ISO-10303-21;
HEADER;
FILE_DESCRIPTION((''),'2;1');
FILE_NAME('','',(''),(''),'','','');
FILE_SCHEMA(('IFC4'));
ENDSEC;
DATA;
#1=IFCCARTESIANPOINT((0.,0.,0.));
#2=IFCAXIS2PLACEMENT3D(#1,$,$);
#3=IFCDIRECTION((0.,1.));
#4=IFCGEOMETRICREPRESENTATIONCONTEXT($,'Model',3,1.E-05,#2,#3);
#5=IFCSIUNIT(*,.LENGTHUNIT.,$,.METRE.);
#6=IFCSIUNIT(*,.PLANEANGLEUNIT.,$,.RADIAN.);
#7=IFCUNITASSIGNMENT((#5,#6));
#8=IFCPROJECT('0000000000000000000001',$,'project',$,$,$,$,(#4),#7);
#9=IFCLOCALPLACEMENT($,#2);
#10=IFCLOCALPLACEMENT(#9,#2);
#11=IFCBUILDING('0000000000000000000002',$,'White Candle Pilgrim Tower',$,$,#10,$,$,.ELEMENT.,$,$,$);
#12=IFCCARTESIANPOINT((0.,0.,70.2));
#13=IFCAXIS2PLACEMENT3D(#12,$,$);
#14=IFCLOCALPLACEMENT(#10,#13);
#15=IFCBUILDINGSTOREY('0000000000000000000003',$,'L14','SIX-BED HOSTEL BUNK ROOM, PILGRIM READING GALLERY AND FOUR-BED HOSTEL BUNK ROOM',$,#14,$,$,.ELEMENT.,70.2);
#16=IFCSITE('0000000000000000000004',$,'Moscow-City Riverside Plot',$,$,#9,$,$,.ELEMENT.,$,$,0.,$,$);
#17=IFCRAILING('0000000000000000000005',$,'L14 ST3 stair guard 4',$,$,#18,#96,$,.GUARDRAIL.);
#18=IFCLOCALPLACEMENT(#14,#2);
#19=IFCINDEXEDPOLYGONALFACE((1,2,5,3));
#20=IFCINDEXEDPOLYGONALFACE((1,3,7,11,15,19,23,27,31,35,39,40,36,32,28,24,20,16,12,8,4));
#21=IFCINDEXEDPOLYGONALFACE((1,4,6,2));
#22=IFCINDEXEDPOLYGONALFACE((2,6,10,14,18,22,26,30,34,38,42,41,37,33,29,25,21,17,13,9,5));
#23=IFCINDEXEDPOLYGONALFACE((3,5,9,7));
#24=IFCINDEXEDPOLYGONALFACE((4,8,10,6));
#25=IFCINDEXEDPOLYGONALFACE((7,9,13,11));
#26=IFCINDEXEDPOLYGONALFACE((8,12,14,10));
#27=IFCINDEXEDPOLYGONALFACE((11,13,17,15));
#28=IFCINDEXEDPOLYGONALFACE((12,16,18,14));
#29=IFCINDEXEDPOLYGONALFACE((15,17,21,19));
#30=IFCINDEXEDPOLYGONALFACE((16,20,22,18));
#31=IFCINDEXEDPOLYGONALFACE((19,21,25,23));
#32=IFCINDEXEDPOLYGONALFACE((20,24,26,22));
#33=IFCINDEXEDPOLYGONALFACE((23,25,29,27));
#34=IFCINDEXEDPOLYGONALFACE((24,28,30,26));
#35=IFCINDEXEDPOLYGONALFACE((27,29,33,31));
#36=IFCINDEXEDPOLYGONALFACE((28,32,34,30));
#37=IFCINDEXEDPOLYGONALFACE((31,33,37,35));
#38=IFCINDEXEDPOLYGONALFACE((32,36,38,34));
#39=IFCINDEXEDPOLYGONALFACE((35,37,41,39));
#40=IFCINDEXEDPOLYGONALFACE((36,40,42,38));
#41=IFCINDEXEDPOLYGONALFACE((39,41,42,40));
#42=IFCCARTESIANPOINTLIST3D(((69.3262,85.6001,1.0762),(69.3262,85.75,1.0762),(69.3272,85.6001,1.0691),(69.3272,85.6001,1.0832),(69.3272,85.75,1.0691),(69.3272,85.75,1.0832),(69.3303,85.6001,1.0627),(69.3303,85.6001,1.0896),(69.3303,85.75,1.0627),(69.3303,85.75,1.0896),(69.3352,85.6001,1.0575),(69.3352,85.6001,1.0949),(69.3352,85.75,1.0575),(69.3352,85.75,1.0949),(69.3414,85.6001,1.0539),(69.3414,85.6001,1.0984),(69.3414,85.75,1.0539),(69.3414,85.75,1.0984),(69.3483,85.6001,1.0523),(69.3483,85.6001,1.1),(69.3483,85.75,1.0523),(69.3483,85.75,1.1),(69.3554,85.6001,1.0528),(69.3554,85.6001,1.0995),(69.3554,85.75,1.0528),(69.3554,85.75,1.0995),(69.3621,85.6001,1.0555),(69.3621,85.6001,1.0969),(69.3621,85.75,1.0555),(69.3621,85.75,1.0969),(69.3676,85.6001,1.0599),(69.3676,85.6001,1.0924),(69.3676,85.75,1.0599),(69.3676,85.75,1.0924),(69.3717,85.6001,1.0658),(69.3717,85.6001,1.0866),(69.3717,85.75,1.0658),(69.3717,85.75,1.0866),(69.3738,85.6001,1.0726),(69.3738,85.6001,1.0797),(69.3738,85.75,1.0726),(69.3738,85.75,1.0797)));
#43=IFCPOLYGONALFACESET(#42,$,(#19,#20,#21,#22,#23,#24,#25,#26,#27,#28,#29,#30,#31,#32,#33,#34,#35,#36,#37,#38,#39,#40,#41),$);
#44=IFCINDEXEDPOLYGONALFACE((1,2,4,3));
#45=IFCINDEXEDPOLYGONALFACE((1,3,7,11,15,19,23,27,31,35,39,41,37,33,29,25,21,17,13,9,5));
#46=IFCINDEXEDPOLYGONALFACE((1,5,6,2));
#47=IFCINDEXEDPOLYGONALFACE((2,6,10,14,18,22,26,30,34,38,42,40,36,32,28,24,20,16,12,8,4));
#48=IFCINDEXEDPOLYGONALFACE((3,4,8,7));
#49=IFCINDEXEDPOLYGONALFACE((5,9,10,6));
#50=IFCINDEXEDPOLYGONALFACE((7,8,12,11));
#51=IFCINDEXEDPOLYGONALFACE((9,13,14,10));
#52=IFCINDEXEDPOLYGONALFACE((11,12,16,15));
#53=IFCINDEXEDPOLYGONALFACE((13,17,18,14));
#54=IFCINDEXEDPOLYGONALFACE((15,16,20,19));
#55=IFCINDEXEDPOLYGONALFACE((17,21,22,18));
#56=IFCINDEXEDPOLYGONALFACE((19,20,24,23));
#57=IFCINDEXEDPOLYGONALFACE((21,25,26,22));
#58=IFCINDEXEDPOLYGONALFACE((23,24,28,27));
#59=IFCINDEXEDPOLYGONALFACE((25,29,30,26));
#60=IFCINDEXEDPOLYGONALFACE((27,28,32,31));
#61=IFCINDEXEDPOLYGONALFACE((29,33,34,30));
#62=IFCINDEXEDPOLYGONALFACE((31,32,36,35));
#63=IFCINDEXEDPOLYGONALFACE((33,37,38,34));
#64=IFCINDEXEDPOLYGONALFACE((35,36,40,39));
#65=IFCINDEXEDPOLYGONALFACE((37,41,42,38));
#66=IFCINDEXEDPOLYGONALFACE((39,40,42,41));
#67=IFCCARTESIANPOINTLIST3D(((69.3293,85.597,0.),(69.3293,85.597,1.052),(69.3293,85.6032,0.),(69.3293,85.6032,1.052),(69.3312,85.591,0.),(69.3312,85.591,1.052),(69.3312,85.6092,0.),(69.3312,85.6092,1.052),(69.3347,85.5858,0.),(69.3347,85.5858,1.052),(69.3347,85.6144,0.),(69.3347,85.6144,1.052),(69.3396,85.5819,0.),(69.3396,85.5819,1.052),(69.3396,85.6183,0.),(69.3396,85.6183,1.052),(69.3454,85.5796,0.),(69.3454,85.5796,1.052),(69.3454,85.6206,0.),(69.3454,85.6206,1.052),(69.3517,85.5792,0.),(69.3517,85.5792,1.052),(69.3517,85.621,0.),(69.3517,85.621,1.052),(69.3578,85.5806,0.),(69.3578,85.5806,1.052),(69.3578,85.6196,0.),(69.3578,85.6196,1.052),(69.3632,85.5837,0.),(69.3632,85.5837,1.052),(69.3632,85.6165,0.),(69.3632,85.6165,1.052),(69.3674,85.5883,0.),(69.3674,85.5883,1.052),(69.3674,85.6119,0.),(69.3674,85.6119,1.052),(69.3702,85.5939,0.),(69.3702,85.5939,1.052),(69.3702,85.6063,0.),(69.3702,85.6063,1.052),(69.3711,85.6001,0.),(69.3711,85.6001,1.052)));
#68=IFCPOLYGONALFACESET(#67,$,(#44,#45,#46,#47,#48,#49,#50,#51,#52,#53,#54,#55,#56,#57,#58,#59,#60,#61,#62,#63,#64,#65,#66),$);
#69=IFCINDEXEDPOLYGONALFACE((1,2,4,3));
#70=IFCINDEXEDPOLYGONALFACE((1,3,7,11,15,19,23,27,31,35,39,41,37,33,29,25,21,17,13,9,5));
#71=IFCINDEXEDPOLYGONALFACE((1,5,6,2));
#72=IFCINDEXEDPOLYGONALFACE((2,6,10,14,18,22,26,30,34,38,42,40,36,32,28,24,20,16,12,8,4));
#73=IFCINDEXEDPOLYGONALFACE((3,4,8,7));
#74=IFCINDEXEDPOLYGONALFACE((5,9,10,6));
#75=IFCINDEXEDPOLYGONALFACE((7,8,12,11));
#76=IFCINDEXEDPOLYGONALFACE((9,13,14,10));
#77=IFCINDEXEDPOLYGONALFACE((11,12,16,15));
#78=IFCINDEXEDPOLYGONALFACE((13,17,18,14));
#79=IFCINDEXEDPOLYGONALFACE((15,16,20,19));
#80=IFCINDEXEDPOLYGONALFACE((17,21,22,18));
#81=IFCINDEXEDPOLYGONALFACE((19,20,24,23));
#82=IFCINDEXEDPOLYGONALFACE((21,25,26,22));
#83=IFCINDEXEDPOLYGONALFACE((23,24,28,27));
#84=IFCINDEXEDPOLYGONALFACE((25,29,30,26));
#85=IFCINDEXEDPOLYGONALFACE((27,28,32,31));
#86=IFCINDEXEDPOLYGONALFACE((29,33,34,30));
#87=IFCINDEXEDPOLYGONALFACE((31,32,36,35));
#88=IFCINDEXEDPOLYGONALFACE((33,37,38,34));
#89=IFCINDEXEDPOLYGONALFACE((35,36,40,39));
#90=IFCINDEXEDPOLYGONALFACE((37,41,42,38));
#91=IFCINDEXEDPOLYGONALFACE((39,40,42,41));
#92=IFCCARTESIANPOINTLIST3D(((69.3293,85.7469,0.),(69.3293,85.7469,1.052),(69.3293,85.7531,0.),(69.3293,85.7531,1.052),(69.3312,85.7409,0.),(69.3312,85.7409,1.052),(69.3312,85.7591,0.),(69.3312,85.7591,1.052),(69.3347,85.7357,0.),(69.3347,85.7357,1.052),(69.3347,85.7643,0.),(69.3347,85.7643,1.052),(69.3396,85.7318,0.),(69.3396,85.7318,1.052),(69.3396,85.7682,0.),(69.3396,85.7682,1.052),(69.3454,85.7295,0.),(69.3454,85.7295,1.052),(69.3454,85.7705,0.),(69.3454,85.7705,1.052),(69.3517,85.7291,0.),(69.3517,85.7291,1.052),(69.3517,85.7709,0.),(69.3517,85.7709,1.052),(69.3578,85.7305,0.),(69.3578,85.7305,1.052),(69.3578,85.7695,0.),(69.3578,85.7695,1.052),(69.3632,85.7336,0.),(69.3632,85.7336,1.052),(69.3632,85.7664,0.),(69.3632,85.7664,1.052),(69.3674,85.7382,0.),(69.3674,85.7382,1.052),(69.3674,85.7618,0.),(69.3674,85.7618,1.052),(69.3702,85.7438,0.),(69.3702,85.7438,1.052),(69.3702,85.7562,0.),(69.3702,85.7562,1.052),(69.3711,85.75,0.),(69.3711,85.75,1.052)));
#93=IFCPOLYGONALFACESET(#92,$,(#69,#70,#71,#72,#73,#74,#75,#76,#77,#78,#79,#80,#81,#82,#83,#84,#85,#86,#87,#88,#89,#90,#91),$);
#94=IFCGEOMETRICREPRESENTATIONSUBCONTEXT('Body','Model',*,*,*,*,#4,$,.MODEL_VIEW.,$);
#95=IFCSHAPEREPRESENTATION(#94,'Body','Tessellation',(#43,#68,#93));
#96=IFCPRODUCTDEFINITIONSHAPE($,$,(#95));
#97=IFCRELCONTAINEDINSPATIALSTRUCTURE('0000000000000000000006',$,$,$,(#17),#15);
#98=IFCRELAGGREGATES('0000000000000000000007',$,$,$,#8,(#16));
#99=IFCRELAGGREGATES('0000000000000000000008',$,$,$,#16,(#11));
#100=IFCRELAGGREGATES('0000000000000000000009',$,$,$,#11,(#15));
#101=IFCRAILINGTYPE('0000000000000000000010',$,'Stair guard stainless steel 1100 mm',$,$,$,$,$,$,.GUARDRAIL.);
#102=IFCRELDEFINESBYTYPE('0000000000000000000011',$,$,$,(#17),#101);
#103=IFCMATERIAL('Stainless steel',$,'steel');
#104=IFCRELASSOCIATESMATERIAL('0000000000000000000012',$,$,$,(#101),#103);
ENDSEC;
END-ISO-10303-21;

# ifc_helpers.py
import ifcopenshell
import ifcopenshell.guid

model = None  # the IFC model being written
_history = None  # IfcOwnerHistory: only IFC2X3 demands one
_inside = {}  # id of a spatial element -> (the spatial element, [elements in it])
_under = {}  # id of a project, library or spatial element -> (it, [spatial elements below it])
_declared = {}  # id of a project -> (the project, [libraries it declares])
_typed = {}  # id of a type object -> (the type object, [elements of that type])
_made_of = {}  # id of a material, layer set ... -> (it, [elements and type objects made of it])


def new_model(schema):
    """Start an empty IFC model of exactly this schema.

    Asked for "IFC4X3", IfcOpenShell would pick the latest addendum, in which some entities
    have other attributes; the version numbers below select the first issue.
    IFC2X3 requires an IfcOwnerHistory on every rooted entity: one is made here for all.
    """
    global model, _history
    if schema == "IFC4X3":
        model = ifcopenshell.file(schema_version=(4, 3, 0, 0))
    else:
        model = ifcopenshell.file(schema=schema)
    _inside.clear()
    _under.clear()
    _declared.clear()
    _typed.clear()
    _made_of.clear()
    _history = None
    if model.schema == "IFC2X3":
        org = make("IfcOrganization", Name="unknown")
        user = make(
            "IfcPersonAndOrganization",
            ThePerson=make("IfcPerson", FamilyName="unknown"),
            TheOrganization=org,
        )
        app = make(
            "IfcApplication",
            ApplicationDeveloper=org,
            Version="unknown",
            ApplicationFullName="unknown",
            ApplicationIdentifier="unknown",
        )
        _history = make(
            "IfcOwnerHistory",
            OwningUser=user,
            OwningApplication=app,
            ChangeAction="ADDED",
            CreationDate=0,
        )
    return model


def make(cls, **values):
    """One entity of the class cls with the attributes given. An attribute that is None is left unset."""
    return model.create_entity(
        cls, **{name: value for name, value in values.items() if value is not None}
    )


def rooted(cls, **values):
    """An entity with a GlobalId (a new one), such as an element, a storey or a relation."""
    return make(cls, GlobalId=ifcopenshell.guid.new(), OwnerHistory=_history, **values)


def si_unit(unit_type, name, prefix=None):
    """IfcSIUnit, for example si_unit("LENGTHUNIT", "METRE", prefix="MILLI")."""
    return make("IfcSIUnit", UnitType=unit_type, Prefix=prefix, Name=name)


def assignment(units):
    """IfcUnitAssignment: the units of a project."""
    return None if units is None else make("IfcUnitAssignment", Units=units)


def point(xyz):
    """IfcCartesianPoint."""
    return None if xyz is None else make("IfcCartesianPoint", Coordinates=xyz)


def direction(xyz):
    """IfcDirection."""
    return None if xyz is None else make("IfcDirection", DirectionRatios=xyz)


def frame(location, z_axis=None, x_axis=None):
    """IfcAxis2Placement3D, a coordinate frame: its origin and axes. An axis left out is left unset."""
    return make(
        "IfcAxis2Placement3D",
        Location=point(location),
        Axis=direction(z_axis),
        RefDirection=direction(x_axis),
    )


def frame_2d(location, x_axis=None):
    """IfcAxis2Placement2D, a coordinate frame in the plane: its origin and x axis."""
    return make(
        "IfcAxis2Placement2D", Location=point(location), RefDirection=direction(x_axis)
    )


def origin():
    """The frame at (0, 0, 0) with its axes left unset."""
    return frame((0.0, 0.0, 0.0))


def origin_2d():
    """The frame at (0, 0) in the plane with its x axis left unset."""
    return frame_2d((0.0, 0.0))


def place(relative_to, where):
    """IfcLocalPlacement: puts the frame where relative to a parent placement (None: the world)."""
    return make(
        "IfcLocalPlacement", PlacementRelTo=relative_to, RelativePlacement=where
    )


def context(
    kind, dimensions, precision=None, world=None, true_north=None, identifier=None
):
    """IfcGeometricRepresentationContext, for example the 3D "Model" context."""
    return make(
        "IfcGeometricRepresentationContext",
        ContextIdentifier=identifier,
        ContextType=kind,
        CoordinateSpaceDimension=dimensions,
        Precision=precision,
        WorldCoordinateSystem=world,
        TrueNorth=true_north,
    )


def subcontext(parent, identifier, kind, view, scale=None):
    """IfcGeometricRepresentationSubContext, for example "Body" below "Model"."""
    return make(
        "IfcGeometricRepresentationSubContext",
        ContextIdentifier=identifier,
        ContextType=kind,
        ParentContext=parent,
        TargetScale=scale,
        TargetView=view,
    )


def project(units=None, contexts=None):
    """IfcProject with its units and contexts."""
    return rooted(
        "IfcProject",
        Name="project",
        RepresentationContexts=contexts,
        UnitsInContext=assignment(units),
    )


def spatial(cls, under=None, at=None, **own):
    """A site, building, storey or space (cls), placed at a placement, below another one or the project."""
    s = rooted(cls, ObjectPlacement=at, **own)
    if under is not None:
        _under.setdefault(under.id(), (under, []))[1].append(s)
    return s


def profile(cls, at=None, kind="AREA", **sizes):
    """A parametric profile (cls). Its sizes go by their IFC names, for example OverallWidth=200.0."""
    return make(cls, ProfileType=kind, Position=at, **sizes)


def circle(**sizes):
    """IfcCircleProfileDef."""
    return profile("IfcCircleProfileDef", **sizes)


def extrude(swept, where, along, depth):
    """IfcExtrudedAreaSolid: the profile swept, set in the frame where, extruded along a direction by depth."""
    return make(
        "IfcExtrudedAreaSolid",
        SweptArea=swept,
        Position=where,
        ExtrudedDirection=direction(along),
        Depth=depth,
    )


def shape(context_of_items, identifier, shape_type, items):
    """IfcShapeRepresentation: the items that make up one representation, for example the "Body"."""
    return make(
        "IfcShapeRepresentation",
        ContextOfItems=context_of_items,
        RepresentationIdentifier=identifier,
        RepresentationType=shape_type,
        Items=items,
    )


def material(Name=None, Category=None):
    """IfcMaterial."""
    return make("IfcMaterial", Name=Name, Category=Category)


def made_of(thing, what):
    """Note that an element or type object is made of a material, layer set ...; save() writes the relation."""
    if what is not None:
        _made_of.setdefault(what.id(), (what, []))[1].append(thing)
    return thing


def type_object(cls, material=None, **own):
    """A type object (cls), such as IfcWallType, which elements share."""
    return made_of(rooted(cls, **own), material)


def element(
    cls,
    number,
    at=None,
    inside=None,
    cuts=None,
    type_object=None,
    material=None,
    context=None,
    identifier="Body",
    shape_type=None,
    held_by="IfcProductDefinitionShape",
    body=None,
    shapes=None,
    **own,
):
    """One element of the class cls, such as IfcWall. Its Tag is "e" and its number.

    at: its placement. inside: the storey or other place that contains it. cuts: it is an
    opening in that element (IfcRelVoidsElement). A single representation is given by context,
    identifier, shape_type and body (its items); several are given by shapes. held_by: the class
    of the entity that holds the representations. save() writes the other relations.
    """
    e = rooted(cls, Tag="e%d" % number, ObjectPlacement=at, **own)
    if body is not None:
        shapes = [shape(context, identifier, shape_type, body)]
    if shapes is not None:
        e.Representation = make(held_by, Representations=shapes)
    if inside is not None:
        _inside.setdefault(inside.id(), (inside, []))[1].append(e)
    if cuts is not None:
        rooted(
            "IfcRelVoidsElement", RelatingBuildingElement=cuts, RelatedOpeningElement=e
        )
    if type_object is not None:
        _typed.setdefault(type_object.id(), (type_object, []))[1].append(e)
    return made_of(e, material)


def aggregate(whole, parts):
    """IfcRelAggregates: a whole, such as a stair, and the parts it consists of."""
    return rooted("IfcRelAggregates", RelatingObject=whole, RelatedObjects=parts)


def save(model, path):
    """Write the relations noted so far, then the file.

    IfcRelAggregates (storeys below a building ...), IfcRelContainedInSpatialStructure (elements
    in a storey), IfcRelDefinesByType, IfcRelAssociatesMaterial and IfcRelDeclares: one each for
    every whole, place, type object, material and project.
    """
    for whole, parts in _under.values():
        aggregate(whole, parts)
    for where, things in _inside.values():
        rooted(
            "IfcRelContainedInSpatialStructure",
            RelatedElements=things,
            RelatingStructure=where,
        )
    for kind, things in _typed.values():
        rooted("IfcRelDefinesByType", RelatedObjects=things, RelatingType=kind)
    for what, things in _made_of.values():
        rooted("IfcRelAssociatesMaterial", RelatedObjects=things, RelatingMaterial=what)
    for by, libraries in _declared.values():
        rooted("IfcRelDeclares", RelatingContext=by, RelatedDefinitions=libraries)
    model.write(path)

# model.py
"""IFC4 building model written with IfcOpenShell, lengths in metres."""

from ifc_helpers import new_model, si_unit, direction, frame, origin, origin_2d, place, context, subcontext, project, spatial, circle, extrude, material, type_object, element, save


model = new_model("IFC4")

# Units and contexts
model_context = context("Model", 3, precision=1e-05, world=origin(), true_north=direction((0.0, 1.0)))
body_context = subcontext(model_context, "Body", "Model", "MODEL_VIEW")
ifc_project = project(units=[si_unit("LENGTHUNIT", "METRE"), si_unit("PLANEANGLEUNIT", "RADIAN")], contexts=[model_context])

# Site, building, storey
site_placement = place(None, origin())
site = spatial("IfcSite", under=ifc_project, at=site_placement, Name="Moscow-City Riverside Plot", CompositionType="ELEMENT", RefElevation=0.0)
building_placement = place(site_placement, origin())
building = spatial("IfcBuilding", under=site, at=building_placement, Name="White Candle Pilgrim Tower", CompositionType="ELEMENT")
storey_placement = place(building_placement, frame((0.0, 0.0, 70.2)))
storey = spatial("IfcBuildingStorey", under=building, at=storey_placement, Name="L14", Description="SIX-BED HOSTEL BUNK ROOM, PILGRIM READING GALLERY AND FOUR-BED HOSTEL BUNK ROOM", CompositionType="ELEMENT", Elevation=70.2)

# Railing
ifc_material_1 = material(Name="Stainless steel", Category="steel")
railing_type_1 = type_object("IfcRailingType", Name="Stair guard stainless steel 1100 mm", PredefinedType="GUARDRAIL", material=ifc_material_1)
railing_1_placement = place(storey_placement, frame((69.3501, 85.6001, 0.0)))
element("IfcRailing", 1, at=railing_1_placement, inside=storey, type_object=railing_type_1, Name="L14 ST3 stair guard 4", PredefinedType="GUARDRAIL", context=body_context, shape_type="SweptSolid", body=[
    extrude(circle(Radius=0.0239, at=origin_2d()), frame((0.0, 0.0, 1.0762), z_axis=(0.0, 1.0, 0.0), x_axis=(-1.0, 0.0, 0.0)), (0.0, 0.0, 1.0), 0.1499),
    extrude(circle(Radius=0.021, at=origin_2d()), origin(), (0.0, 0.0, 1.0), 1.052),
    extrude(circle(Radius=0.021, at=origin_2d()), frame((0.0, 0.1499, 0.0)), (0.0, 0.0, 1.0), 1.052),
])

save(model, "model.ifc")
